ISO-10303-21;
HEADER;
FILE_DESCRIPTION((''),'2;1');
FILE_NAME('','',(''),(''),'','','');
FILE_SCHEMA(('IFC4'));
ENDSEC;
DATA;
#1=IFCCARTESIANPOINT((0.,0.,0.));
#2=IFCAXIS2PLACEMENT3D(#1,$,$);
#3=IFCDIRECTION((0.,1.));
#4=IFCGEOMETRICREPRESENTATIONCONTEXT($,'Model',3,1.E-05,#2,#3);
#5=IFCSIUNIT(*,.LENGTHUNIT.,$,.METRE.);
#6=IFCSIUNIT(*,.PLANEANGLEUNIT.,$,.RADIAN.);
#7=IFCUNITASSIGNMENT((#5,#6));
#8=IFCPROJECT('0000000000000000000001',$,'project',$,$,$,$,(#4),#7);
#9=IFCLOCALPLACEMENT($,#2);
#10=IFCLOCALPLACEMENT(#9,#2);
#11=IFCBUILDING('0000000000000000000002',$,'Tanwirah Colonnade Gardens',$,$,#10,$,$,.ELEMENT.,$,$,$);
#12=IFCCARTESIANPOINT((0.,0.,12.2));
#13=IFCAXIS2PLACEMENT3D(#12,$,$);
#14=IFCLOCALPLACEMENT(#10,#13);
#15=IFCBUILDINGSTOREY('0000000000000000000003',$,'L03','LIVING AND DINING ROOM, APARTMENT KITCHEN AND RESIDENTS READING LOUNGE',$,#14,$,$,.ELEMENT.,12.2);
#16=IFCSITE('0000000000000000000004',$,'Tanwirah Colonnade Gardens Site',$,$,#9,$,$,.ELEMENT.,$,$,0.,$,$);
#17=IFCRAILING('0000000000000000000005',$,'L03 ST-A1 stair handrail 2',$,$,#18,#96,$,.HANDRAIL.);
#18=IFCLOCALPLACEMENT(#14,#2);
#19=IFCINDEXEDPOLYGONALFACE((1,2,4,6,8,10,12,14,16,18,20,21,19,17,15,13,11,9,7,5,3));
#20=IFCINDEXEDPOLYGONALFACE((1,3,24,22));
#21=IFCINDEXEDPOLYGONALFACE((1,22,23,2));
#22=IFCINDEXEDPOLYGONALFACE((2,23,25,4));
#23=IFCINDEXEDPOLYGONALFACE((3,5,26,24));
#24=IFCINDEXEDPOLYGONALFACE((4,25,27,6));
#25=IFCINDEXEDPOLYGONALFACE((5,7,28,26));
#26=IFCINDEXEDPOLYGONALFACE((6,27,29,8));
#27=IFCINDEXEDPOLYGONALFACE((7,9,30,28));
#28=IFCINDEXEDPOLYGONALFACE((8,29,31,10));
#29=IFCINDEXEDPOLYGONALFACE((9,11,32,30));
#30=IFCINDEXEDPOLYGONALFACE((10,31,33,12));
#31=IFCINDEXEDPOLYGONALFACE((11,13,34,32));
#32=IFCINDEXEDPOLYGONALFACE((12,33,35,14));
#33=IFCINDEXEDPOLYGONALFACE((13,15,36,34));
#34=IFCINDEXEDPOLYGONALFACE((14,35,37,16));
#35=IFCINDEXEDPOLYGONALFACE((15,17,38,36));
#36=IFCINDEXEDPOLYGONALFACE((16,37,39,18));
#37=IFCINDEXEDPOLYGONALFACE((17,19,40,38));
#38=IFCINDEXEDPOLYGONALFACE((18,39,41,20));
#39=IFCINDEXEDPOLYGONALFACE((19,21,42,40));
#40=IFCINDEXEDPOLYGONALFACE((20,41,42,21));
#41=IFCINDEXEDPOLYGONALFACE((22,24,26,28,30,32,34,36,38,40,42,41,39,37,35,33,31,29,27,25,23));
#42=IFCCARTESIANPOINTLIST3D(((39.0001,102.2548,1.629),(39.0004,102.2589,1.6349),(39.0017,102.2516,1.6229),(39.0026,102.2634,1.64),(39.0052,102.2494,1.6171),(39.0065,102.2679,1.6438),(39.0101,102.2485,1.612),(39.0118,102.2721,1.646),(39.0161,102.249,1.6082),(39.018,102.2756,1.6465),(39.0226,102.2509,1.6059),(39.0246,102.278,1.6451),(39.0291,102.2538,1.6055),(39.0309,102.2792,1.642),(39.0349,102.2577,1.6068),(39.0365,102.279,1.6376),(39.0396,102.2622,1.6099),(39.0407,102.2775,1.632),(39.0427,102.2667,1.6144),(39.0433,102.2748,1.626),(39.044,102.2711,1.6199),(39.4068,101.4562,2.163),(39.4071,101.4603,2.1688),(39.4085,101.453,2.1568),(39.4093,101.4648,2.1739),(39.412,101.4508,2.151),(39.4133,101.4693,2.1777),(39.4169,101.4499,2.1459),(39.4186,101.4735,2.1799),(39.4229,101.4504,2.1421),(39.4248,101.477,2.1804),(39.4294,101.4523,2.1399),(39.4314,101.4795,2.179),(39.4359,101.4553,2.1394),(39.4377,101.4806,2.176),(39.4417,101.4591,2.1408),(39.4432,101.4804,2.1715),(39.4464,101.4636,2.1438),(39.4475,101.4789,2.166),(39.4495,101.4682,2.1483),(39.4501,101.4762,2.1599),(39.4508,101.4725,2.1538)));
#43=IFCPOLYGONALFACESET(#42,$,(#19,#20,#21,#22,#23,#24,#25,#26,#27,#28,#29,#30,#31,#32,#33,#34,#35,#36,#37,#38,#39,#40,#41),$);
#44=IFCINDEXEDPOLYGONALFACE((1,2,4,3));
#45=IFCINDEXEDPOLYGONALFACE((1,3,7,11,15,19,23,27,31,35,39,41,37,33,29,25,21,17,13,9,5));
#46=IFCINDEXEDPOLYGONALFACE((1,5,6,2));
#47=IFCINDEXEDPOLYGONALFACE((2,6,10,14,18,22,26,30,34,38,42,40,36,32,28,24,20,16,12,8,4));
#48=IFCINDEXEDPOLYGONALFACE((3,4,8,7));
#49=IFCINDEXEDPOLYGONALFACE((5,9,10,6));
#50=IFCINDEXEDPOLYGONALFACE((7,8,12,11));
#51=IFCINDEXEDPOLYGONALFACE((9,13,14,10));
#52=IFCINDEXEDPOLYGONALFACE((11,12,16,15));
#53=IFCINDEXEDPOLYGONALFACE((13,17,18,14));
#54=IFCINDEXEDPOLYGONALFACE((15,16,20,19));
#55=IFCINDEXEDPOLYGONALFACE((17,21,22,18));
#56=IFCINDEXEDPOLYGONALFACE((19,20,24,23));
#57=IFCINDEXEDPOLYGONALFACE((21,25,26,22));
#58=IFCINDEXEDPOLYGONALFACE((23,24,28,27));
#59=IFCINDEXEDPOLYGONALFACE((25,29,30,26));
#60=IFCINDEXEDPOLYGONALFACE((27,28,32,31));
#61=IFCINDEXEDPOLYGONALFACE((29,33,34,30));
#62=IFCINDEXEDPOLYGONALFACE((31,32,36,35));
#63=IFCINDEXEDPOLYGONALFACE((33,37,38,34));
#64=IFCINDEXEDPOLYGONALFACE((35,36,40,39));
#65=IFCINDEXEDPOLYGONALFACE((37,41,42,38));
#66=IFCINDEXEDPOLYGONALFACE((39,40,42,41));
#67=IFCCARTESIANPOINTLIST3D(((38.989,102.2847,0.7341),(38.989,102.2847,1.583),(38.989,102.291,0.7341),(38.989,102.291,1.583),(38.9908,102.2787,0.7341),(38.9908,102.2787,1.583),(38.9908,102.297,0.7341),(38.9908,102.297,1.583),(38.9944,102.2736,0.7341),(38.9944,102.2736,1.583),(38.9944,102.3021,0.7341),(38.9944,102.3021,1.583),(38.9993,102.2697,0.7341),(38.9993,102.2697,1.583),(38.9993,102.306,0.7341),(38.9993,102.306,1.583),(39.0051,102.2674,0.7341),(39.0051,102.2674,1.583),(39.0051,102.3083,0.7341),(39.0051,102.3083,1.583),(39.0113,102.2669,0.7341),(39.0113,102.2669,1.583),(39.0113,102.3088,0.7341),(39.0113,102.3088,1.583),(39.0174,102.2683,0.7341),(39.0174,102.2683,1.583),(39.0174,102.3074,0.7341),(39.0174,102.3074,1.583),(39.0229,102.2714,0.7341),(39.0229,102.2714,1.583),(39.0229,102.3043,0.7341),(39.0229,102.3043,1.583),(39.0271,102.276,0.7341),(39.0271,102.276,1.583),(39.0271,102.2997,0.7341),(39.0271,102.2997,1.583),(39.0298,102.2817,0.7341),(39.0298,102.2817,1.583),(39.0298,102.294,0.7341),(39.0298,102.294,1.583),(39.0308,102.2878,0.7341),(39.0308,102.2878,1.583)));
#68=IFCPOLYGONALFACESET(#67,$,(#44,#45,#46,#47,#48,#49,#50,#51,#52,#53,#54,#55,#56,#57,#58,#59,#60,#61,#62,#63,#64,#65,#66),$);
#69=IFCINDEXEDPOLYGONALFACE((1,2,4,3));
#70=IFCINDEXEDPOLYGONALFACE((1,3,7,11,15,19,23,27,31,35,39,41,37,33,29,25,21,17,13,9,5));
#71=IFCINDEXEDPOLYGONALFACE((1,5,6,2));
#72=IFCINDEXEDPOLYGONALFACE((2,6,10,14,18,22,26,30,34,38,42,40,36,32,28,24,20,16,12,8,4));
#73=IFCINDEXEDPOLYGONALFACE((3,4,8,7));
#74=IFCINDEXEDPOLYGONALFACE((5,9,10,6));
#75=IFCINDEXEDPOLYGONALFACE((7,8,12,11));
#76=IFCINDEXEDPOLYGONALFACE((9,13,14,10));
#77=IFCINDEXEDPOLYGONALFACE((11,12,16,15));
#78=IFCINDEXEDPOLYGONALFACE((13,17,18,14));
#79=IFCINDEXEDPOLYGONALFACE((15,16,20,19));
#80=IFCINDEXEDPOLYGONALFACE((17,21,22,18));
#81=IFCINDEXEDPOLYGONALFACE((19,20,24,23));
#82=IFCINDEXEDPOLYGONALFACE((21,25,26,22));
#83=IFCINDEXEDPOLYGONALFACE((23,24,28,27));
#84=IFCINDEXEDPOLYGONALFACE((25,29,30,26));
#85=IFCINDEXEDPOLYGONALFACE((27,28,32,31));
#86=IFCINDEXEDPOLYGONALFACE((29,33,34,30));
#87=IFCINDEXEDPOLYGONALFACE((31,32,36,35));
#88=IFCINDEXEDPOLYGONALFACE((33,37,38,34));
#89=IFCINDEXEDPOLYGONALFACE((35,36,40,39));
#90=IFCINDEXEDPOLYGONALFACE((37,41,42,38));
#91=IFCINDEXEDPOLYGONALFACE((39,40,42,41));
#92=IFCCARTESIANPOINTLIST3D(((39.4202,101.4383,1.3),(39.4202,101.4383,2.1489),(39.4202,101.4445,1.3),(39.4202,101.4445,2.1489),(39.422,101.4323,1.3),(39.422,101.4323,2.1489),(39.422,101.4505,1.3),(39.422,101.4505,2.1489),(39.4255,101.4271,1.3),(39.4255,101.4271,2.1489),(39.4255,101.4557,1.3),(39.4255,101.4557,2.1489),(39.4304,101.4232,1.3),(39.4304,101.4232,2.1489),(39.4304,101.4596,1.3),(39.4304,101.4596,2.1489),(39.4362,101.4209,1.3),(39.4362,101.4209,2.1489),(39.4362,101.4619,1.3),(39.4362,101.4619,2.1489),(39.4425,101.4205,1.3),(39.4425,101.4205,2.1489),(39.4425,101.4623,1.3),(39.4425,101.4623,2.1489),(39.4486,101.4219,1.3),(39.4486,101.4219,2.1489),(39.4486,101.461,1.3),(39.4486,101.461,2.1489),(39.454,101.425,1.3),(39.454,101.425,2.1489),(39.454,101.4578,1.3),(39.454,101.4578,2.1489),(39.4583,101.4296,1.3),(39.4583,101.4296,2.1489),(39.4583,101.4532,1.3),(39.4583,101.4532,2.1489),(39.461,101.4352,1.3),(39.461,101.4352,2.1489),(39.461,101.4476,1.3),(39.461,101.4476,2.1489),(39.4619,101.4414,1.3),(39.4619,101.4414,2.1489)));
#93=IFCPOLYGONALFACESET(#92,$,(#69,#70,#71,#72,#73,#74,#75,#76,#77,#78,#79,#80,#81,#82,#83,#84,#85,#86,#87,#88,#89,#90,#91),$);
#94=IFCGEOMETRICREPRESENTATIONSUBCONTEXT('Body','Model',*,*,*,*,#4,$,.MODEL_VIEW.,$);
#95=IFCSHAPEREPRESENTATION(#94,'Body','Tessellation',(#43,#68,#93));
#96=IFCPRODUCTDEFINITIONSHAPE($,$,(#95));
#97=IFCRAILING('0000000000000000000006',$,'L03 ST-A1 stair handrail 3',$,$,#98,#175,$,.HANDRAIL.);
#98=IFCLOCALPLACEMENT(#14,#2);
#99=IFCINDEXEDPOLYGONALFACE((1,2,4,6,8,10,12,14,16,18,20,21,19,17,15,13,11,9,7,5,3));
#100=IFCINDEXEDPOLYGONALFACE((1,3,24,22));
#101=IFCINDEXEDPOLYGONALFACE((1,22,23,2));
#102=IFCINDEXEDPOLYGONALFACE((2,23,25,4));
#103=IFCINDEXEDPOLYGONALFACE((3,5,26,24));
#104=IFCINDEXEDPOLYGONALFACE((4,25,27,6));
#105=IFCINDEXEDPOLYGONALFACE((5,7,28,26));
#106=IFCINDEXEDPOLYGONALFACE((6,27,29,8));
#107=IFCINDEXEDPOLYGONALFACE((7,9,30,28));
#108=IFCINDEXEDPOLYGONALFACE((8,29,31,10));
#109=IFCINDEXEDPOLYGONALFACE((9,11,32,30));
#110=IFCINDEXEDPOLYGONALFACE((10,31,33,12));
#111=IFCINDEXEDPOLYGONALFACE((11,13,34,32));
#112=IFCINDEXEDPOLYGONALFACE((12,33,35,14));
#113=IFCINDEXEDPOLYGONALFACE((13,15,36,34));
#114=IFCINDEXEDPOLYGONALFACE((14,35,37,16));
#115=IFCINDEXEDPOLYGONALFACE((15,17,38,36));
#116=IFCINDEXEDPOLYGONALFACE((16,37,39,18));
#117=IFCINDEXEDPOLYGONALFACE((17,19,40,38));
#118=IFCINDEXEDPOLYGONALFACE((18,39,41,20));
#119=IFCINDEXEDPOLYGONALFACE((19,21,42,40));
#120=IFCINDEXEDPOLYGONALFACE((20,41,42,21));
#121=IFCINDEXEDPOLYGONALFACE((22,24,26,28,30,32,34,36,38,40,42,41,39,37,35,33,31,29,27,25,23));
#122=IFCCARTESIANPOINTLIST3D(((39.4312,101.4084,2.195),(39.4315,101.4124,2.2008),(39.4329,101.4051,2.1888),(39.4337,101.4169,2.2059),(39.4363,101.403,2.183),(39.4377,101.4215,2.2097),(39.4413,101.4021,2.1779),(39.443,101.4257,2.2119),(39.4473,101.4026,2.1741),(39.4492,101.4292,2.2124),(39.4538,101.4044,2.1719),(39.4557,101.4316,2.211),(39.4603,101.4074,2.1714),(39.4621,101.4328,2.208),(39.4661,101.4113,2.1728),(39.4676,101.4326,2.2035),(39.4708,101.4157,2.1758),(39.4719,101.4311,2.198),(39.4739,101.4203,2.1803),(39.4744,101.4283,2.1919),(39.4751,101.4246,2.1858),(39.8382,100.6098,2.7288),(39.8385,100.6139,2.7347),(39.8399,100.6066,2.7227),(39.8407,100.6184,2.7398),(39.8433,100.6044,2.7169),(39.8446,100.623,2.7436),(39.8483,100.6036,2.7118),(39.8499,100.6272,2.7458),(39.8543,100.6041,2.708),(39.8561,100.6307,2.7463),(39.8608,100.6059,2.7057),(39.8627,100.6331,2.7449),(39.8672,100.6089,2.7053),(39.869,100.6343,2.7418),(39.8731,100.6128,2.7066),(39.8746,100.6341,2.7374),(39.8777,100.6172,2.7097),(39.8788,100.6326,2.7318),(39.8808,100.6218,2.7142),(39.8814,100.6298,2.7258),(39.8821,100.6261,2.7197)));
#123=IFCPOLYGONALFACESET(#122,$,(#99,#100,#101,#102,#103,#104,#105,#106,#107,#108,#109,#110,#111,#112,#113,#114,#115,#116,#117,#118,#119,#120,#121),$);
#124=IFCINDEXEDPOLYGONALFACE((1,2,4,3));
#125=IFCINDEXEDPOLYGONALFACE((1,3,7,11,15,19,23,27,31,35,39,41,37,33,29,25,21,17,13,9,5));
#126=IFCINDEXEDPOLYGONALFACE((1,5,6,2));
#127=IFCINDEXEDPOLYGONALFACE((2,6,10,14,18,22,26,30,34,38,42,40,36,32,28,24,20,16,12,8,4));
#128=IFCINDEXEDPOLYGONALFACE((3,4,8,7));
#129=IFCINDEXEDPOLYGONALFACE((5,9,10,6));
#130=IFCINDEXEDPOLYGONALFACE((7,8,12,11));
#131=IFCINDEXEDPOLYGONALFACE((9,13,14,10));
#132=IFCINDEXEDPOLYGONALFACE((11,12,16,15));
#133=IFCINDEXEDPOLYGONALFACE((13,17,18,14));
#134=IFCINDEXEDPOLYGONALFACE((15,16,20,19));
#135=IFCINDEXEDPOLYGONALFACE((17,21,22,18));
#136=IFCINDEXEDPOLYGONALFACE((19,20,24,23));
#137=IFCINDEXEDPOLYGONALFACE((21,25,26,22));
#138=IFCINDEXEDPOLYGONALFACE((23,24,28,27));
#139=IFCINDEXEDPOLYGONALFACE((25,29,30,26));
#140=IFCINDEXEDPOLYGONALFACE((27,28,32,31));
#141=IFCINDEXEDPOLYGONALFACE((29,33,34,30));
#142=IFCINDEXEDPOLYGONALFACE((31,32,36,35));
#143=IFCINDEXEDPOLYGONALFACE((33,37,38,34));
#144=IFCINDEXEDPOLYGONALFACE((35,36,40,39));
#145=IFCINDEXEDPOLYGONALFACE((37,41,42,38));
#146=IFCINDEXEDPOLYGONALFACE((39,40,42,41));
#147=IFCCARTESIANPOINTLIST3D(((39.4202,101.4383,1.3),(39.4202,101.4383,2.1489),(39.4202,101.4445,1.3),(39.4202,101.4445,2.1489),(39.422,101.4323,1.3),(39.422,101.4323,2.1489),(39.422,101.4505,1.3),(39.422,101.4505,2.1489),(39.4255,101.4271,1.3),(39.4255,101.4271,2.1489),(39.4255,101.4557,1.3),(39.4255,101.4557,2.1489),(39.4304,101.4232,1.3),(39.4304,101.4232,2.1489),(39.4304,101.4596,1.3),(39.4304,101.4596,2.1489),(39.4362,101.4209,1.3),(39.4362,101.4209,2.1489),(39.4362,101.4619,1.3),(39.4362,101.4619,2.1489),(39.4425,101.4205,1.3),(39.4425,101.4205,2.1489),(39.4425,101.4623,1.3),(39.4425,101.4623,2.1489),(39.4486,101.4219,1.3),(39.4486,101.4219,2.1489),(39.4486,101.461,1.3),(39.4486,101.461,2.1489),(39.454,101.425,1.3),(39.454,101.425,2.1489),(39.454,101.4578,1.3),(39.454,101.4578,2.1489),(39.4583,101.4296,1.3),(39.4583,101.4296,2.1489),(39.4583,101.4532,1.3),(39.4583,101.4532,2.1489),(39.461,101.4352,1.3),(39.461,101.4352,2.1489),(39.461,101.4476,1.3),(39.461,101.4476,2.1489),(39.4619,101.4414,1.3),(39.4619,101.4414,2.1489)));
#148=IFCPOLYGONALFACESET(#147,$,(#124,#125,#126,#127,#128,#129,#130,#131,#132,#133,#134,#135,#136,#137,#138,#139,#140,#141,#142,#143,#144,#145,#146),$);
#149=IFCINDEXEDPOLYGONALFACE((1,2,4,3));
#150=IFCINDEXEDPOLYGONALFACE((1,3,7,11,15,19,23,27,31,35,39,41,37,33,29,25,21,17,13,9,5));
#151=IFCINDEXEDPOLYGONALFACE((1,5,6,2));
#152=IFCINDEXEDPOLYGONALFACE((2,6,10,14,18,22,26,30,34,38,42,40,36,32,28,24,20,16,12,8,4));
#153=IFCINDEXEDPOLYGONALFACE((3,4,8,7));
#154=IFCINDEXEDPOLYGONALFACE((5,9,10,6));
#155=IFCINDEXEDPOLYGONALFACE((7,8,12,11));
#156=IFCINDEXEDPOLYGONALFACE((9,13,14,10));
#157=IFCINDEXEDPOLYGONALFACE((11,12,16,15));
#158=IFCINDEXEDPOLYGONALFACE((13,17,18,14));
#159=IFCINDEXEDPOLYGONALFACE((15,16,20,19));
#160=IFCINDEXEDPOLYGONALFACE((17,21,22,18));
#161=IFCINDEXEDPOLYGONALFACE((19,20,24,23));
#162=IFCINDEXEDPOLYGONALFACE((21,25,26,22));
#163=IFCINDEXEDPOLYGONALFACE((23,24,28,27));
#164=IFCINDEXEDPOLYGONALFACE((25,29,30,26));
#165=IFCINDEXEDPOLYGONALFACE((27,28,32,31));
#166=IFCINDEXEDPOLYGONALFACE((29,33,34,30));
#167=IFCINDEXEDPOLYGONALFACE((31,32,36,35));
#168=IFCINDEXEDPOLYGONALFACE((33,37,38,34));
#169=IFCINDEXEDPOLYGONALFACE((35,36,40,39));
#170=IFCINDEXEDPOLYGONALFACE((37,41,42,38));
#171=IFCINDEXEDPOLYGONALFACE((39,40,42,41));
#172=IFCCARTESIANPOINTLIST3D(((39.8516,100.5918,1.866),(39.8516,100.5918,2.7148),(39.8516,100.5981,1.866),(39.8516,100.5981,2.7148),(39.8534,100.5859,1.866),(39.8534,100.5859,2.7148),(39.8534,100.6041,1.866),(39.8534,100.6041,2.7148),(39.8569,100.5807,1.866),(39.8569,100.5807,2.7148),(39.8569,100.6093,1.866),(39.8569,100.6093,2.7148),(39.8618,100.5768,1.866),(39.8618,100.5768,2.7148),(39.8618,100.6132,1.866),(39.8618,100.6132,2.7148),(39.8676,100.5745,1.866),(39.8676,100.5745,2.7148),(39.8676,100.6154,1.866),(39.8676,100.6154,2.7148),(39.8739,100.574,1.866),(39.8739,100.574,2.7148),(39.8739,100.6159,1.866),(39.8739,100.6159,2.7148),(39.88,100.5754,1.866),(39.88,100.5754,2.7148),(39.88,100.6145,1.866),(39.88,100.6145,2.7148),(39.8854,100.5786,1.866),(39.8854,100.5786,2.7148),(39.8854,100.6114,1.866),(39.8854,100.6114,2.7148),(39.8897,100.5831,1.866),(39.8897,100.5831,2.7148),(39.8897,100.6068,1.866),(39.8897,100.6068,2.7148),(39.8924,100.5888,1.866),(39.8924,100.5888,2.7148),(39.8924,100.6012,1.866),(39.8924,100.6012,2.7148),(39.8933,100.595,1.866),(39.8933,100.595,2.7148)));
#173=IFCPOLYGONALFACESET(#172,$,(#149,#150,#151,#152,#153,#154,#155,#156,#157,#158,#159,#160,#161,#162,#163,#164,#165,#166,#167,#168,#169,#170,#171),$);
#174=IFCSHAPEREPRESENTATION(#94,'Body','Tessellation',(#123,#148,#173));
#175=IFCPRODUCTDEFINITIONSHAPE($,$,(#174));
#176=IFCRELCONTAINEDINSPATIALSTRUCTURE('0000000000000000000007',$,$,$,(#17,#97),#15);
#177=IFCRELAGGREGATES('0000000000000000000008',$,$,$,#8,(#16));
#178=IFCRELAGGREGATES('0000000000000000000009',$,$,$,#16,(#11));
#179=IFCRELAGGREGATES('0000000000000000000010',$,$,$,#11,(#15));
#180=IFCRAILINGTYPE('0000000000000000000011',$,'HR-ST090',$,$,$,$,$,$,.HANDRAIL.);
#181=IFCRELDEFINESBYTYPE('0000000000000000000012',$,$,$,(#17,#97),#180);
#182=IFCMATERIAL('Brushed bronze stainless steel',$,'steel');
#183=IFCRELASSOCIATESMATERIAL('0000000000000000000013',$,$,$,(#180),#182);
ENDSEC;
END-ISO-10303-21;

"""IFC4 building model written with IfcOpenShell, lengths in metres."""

from ifc_helpers import new_model, si_unit, direction, frame, origin, origin_2d, place, context, subcontext, project, spatial, circle, extrude, material, type_object, element, save


model = new_model("IFC4")

# Units and contexts
model_context = context("Model", 3, precision=1e-05, world=origin(), true_north=direction((0.0, 1.0)))
body_context = subcontext(model_context, "Body", "Model", "MODEL_VIEW")
ifc_project = project(units=[si_unit("LENGTHUNIT", "METRE"), si_unit("PLANEANGLEUNIT", "RADIAN")], contexts=[model_context])

# Site, building, storey
site_placement = place(None, origin())
site = spatial("IfcSite", under=ifc_project, at=site_placement, Name="Tanwirah Colonnade Gardens Site", CompositionType="ELEMENT", RefElevation=0.0)
building_placement = place(site_placement, origin())
building = spatial("IfcBuilding", under=site, at=building_placement, Name="Tanwirah Colonnade Gardens", CompositionType="ELEMENT")
storey_placement = place(building_placement, frame((0.0, 0.0, 12.2)))
storey = spatial("IfcBuildingStorey", under=building, at=storey_placement, Name="L03", Description="LIVING AND DINING ROOM, APARTMENT KITCHEN AND RESIDENTS READING LOUNGE", CompositionType="ELEMENT", Elevation=12.2)

# Railings
ifc_material_1 = material(Name="Brushed bronze stainless steel", Category="steel")
railing_type_1 = type_object("IfcRailingType", Name="HR-ST090", PredefinedType="HANDRAIL", material=ifc_material_1)
railing_1_placement = place(storey_placement, frame((39.0098, 102.2878, 0.7341)))
element("IfcRailing", 1, at=railing_1_placement, inside=storey, type_object=railing_type_1, Name="L03 ST-A1 stair handrail 2", PredefinedType="HANDRAIL", context=body_context, shape_type="SweptSolid", body=[
    extrude(circle(Radius=0.0239, at=origin_2d()), frame((0.0122, -0.0239, 0.8918), z_axis=(0.38993, -0.765509, 0.511811), x_axis=(0.891061, 0.453883, 0.0)), (0.0, 0.0, 1.0), 1.0432),
    extrude(circle(Radius=0.021, at=origin_2d()), origin(), (0.0, 0.0, 1.0), 0.8489),
    extrude(circle(Radius=0.021, at=origin_2d()), frame((0.4312, -0.8464, 0.5659)), (0.0, 0.0, 1.0), 0.8489),
])
railing_2_placement = place(storey_placement, frame((39.4409, 101.4414, 1.3)))
element("IfcRailing", 2, at=railing_2_placement, inside=storey, type_object=railing_type_1, Name="L03 ST-A1 stair handrail 3", PredefinedType="HANDRAIL", context=body_context, shape_type="SweptSolid", body=[
    extrude(circle(Radius=0.0239, at=origin_2d()), frame((0.0122, -0.0239, 0.8918), z_axis=(0.390118, -0.765443, 0.511767), x_axis=(0.890957, 0.454087, 0.0)), (0.0, 0.0, 1.0), 1.0432),
    extrude(circle(Radius=0.021, at=origin_2d()), origin(), (0.0, 0.0, 1.0), 0.8489),
    extrude(circle(Radius=0.021, at=origin_2d()), frame((0.4314, -0.8464, 0.5659)), (0.0, 0.0, 1.0), 0.8489),
])

save(model, "model.ifc")
